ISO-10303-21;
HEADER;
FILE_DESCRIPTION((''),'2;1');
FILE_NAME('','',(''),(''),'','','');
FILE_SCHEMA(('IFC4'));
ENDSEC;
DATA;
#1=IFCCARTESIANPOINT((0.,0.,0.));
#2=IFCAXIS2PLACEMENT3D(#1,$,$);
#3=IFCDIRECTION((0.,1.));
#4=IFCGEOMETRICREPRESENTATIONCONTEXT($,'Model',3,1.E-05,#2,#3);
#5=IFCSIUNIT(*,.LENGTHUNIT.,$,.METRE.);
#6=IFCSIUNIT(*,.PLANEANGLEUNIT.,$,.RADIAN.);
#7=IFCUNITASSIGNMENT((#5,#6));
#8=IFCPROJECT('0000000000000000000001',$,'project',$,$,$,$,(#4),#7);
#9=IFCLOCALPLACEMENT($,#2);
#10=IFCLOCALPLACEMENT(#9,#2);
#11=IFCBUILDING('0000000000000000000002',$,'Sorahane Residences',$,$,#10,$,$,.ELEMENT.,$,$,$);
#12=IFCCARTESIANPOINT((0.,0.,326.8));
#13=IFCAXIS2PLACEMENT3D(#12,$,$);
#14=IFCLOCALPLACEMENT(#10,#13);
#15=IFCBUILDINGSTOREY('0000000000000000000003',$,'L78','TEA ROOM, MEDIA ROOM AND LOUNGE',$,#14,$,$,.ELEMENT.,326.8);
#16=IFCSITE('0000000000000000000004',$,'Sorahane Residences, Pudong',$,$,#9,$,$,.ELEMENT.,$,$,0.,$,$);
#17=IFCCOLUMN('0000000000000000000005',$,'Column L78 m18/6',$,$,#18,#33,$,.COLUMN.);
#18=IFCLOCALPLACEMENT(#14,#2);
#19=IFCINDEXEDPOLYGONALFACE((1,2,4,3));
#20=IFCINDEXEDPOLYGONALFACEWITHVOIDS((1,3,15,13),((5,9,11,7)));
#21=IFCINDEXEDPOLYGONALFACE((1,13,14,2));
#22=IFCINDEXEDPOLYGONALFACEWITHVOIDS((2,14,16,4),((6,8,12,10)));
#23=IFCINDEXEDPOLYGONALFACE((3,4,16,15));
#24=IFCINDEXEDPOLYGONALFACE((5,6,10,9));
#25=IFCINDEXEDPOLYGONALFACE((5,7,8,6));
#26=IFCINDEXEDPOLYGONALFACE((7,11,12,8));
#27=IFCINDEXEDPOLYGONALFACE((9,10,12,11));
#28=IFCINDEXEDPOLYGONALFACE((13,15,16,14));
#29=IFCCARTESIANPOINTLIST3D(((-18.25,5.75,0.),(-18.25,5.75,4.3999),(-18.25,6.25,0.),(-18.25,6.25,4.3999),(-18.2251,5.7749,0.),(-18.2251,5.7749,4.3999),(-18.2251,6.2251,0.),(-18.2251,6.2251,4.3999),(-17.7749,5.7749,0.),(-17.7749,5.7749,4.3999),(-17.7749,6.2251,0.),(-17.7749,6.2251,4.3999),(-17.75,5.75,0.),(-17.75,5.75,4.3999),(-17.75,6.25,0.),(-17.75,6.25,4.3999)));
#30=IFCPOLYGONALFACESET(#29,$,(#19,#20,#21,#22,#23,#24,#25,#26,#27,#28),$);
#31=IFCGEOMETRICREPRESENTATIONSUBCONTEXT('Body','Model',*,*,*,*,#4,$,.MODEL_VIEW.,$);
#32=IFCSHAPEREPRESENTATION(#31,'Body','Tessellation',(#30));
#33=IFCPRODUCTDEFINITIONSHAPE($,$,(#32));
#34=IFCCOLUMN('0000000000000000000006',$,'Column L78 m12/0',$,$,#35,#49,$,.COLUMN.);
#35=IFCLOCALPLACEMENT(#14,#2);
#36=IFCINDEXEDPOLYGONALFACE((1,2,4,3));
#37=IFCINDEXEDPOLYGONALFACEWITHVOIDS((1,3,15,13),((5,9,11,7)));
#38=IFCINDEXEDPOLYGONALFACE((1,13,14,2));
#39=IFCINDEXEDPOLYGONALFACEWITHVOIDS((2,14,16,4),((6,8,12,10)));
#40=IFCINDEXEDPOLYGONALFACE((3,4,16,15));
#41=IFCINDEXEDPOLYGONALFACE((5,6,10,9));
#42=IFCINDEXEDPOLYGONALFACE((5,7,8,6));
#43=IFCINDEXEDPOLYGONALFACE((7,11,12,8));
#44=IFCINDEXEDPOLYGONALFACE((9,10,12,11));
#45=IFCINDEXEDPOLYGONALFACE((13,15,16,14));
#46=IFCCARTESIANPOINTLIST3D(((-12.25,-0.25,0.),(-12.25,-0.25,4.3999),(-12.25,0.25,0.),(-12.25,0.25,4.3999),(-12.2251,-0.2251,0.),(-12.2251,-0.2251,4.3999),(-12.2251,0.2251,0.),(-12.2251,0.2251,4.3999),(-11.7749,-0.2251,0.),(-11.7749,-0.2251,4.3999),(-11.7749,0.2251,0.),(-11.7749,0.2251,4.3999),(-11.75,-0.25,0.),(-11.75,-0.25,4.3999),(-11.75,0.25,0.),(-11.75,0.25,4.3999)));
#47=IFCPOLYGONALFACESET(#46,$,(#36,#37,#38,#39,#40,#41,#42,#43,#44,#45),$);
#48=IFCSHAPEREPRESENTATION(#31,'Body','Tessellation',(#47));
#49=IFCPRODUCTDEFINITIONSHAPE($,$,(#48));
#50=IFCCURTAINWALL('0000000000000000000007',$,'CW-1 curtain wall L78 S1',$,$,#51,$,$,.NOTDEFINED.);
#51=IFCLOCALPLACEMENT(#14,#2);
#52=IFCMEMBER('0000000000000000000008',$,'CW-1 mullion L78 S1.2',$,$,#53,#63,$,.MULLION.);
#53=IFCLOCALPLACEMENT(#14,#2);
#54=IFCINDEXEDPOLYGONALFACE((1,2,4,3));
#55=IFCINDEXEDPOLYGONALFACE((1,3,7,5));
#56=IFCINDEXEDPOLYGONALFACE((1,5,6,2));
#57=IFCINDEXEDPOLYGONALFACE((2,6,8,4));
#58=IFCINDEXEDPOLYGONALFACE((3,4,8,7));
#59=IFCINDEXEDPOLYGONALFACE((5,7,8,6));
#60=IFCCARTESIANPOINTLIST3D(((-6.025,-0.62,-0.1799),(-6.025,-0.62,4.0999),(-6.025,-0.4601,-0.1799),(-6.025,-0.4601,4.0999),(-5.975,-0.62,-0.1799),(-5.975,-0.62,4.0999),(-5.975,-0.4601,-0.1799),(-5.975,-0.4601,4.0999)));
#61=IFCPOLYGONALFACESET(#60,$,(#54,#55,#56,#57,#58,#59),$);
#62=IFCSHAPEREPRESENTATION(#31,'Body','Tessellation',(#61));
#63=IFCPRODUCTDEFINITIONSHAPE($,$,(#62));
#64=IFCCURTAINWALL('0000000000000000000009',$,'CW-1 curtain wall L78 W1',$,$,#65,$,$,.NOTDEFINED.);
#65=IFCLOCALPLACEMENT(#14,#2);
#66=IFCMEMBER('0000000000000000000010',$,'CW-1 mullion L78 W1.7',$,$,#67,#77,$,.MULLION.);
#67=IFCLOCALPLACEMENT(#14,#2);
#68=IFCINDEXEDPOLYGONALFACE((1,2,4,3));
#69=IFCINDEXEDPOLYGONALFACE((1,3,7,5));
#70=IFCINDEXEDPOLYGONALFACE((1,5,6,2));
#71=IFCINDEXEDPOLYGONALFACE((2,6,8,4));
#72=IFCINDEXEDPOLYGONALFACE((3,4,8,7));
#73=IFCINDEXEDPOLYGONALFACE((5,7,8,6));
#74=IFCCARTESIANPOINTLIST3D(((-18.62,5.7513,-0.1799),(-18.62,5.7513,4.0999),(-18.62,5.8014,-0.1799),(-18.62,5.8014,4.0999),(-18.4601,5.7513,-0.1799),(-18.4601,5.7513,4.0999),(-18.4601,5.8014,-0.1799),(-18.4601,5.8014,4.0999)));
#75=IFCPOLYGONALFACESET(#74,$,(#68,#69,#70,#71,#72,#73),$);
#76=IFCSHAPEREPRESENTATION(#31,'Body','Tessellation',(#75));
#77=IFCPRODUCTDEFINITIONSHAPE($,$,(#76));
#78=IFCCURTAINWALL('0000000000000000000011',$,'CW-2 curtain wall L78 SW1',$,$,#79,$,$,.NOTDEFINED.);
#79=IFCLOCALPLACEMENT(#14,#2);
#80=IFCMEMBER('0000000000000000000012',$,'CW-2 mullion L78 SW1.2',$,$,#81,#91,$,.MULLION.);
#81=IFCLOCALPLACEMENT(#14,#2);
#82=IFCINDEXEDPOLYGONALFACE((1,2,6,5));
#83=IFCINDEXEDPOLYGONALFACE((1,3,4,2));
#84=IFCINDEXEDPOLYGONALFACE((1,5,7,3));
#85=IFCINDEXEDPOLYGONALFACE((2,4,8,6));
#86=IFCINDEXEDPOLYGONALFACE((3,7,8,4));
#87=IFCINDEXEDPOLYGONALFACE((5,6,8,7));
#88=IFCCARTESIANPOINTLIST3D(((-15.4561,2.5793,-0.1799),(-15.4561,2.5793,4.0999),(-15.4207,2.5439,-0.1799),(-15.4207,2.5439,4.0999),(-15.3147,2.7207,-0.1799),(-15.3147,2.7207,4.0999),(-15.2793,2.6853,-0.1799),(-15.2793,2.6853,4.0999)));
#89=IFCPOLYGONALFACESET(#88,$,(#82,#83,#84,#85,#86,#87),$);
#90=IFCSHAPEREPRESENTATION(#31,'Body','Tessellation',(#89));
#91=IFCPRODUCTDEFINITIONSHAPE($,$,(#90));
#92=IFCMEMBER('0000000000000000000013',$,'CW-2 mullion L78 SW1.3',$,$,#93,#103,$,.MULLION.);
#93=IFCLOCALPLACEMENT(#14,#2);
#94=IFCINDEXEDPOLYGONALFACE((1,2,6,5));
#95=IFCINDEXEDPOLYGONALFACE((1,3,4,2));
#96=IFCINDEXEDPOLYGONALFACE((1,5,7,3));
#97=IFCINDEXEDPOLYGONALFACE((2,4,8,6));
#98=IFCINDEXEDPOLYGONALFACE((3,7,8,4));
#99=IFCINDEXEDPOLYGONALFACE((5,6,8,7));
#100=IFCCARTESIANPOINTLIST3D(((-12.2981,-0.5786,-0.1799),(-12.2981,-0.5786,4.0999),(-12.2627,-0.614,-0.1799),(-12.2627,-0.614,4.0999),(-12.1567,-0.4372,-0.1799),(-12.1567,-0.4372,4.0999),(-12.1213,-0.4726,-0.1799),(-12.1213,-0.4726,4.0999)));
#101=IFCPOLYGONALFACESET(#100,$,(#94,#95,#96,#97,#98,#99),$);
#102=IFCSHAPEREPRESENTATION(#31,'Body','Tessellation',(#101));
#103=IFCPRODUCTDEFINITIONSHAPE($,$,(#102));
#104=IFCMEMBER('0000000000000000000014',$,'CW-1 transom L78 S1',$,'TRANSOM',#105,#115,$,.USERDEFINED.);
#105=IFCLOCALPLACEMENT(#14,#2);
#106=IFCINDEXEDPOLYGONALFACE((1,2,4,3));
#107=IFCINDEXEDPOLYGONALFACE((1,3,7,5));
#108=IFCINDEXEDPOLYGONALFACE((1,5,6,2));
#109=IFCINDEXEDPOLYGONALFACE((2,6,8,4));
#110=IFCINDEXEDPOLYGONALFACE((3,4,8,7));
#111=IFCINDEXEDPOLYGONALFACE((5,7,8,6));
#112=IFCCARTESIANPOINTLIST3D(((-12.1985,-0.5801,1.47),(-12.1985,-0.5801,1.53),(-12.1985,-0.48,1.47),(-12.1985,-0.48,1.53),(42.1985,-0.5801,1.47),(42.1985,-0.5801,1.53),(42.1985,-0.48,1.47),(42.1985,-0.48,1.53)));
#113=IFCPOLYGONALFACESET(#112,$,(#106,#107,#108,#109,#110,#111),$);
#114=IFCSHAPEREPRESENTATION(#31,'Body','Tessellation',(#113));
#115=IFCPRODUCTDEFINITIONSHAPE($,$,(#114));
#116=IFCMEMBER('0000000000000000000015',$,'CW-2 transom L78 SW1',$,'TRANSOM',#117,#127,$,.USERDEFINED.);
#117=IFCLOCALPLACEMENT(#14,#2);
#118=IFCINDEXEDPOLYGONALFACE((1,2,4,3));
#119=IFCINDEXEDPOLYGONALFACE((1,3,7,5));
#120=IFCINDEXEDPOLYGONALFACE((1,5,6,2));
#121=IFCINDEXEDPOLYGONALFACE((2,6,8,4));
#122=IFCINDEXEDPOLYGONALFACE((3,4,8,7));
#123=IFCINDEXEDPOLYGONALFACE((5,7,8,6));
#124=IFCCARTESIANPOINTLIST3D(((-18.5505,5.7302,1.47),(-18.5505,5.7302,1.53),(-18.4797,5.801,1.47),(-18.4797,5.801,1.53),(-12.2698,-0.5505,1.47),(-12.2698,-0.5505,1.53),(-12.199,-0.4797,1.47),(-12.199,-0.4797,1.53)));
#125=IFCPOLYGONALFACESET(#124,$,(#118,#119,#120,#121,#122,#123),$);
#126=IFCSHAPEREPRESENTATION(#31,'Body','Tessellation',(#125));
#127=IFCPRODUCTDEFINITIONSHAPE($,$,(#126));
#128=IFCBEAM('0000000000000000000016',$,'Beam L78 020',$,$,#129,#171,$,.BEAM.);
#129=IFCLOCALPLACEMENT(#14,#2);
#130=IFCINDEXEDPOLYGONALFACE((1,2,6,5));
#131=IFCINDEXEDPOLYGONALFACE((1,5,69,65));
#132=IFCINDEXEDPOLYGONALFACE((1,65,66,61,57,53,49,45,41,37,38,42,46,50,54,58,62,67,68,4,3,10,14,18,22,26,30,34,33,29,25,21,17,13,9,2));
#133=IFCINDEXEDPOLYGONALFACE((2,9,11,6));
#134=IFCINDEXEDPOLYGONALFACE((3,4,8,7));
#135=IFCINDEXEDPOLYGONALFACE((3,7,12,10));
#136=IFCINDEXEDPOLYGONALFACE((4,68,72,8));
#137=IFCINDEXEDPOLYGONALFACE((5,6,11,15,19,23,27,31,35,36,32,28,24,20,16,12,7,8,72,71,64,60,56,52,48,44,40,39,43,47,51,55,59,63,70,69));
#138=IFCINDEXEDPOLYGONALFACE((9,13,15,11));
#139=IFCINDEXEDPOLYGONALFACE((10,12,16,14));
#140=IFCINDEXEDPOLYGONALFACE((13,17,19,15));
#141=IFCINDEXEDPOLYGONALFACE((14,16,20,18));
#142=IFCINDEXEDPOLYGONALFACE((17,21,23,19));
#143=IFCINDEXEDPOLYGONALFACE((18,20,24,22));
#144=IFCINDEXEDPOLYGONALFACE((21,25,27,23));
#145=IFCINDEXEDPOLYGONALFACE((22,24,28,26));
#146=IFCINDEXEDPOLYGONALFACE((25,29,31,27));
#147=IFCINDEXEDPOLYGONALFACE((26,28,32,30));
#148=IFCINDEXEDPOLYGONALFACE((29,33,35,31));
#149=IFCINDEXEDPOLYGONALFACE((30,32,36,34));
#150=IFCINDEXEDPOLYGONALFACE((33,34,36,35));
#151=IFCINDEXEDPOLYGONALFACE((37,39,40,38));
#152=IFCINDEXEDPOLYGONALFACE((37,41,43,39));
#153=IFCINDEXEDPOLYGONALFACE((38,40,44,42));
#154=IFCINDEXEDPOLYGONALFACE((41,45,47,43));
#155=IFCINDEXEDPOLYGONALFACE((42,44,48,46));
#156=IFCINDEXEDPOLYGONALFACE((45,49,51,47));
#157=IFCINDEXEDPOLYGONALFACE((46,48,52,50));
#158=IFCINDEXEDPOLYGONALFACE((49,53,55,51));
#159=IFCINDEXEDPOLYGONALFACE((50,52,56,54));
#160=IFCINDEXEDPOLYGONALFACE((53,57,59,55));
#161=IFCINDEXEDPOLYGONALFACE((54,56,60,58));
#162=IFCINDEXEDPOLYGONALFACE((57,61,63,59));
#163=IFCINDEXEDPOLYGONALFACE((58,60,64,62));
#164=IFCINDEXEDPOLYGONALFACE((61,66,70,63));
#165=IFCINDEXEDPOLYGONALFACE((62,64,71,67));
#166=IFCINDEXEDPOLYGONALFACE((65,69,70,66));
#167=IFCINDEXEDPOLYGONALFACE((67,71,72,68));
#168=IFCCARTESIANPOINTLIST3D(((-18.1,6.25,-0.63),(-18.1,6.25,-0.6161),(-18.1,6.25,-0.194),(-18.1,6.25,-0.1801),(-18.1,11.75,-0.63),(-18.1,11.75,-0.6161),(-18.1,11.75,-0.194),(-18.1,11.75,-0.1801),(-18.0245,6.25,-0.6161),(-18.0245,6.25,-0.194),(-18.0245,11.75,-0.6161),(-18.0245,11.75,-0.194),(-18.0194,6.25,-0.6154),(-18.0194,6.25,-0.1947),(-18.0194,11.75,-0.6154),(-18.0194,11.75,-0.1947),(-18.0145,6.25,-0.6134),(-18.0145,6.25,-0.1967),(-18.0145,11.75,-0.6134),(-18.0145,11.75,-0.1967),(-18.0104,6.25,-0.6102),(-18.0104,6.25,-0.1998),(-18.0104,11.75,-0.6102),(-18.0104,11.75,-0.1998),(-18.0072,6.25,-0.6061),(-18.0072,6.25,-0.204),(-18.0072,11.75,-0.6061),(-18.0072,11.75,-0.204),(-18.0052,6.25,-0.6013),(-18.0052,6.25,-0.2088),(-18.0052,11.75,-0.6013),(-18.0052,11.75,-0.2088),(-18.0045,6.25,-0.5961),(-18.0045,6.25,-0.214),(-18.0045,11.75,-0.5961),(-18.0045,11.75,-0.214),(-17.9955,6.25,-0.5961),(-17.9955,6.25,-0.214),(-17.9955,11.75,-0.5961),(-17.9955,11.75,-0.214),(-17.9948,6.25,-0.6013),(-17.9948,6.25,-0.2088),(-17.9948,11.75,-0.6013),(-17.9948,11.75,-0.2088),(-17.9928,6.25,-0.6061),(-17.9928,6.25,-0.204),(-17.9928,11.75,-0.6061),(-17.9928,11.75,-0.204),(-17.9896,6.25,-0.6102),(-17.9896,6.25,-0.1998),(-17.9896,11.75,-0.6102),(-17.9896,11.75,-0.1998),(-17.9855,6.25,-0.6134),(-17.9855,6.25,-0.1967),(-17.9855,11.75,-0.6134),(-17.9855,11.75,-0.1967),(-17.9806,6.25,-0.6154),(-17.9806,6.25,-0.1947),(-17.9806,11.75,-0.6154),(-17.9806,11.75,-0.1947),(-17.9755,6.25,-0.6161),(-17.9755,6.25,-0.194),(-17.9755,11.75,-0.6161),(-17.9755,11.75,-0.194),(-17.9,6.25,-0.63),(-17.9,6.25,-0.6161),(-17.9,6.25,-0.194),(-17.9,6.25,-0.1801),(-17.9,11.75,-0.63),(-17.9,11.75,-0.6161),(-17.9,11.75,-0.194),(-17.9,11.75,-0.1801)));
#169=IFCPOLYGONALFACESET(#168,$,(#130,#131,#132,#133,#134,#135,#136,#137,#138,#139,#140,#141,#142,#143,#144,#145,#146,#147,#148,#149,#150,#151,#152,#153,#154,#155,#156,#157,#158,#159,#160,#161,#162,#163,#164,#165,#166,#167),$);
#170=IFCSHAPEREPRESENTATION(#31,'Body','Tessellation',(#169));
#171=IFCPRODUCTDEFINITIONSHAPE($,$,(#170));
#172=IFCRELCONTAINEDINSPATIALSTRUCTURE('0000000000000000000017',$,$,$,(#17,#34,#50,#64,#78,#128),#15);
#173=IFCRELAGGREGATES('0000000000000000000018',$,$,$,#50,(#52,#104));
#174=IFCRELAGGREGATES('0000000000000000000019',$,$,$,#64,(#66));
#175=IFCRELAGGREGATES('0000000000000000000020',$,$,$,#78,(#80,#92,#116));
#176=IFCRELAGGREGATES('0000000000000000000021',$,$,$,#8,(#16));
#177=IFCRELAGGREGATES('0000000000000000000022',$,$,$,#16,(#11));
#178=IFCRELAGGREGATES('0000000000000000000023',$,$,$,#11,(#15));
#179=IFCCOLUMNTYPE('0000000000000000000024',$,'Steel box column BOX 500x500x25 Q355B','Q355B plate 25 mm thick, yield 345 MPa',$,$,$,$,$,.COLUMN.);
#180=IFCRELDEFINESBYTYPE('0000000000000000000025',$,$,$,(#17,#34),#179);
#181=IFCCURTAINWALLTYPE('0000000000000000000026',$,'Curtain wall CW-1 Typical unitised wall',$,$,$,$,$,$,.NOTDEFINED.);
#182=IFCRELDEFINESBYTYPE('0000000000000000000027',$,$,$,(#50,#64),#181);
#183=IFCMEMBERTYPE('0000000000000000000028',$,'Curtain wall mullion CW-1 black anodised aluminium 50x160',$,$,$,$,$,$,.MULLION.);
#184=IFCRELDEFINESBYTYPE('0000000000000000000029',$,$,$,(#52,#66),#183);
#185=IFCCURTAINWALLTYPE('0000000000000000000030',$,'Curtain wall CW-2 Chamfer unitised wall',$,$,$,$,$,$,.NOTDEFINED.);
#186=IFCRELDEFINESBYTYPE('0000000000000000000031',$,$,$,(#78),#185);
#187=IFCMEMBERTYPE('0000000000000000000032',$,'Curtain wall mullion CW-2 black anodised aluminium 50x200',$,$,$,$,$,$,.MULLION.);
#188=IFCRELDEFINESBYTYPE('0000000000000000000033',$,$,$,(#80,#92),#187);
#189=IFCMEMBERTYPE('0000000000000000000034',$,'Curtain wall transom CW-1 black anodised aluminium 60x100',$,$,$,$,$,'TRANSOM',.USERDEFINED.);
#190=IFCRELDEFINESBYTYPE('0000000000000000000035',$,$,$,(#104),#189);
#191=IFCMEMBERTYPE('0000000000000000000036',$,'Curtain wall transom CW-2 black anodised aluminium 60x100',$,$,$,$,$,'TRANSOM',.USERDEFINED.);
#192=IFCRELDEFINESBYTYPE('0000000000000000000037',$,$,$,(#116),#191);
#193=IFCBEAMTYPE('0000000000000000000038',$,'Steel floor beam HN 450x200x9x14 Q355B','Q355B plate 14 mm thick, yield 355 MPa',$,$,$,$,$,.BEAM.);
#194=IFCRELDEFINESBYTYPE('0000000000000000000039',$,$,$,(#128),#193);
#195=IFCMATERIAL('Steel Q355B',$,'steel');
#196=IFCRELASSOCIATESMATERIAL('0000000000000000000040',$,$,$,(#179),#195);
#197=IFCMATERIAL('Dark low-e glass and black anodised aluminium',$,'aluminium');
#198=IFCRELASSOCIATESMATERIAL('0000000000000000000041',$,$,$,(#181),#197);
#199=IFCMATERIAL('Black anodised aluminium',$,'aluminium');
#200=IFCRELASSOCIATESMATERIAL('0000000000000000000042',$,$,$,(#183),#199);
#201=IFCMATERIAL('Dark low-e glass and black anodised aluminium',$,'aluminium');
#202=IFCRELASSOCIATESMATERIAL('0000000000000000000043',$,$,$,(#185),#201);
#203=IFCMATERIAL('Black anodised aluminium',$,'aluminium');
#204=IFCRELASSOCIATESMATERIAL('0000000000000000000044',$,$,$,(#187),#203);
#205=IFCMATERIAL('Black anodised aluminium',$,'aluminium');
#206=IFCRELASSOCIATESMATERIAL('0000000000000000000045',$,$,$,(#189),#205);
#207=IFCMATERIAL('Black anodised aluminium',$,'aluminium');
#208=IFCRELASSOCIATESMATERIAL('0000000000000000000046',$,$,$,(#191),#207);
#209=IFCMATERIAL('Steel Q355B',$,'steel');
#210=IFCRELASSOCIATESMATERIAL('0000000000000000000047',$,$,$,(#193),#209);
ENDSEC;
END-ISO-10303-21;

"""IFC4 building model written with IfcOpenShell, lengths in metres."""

from ifc_helpers import new_model, si_unit, direction, frame, origin, origin_2d, place, context, subcontext, project, spatial, rectangle, hollow_rectangle, i_section, extrude, material, material_profile, profile_set, type_object, element, aggregate, save


model = new_model("IFC4")

# Units and contexts
model_context = context("Model", 3, precision=1e-05, world=origin(), true_north=direction((0.0, 1.0)))
body_context = subcontext(model_context, "Body", "Model", "MODEL_VIEW")
ifc_project = project(units=[si_unit("LENGTHUNIT", "METRE"), si_unit("PLANEANGLEUNIT", "RADIAN")], contexts=[model_context])

# Site, building, storey
site_placement = place(None, origin())
site = spatial("IfcSite", under=ifc_project, at=site_placement, Name="Sorahane Residences, Pudong", CompositionType="ELEMENT", RefElevation=0.0)
building_placement = place(site_placement, origin())
building = spatial("IfcBuilding", under=site, at=building_placement, Name="Sorahane Residences", CompositionType="ELEMENT")
storey_placement = place(building_placement, frame((0.0, 0.0, 326.8)))
storey = spatial("IfcBuildingStorey", under=building, at=storey_placement, Name="L78", Description="TEA ROOM, MEDIA ROOM AND LOUNGE", CompositionType="ELEMENT", Elevation=326.8)

# Columns
ifc_material_1 = material(Name="Steel Q355B", Category="steel")
ifc_material_profile_1 = material_profile(ifc_material_1, hollow_rectangle(XDim=0.5, YDim=0.5, WallThickness=0.0249, at=origin_2d()), Name="BOX 500x500x25")
ifc_profile_set_1 = profile_set([ifc_material_profile_1], Name="Steel Q355B")
column_type = type_object("IfcColumnType", Name="Steel box column BOX 500x500x25 Q355B", Description="Q355B plate 25 mm thick, yield 345 MPa", PredefinedType="COLUMN", material=ifc_profile_set_1)
for number, where, z_axis, x_axis, name in (
    (1, (-18.0, 6.0, 0.0), (0.0, 0.0, 1.0), (1.0, 0.0, 0.0), "Column L78 m18/6"),
    (2, (-12.0, 0.0, 0.0), (0.0, 0.0, 1.0), (1.0, 0.0, 0.0), "Column L78 m12/0"),
):
    element("IfcColumn", number, at=place(storey_placement, frame(where, z_axis=z_axis, x_axis=x_axis)), inside=storey, type_object=column_type, Name=name, PredefinedType="COLUMN", context=body_context, shape_type="SweptSolid", body=[
        extrude(hollow_rectangle(XDim=0.5, YDim=0.5, WallThickness=0.0249, at=origin_2d()), origin(), (0.0, 0.0, 1.0), 4.3999),
    ])

# Curtain walls, members
ifc_material_2 = material(Name="Dark low-e glass and black anodised aluminium", Category="aluminium")
curtain_wall_type_1 = type_object("IfcCurtainWallType", Name="Curtain wall CW-1 Typical unitised wall", PredefinedType="NOTDEFINED", material=ifc_material_2)
curtain_wall_1_placement = place(storey_placement, origin())
curtain_wall_1 = element("IfcCurtainWall", 3, at=curtain_wall_1_placement, inside=storey, type_object=curtain_wall_type_1, Name="CW-1 curtain wall L78 S1", PredefinedType="NOTDEFINED")
ifc_material_3 = material(Name="Black anodised aluminium", Category="aluminium")
ifc_material_profile_2 = material_profile(ifc_material_3, rectangle(XDim=0.1599, YDim=0.05, at=origin_2d()), Name="Curtain wall mullion CW-1 black anodised aluminium 50x160")
ifc_profile_set_2 = profile_set([ifc_material_profile_2], Name="Black anodised aluminium")
member_type_1 = type_object("IfcMemberType", Name="Curtain wall mullion CW-1 black anodised aluminium 50x160", PredefinedType="MULLION", material=ifc_profile_set_2)
member_1_placement = place(storey_placement, frame((-6.0, -0.54, -0.1799), z_axis=(0.0, 0.0, 1.0), x_axis=(0.0, -1.0, 0.0)))
member_1 = element("IfcMember", 4, at=member_1_placement, type_object=member_type_1, Name="CW-1 mullion L78 S1.2", PredefinedType="MULLION", context=body_context, shape_type="SweptSolid", body=[
    extrude(rectangle(XDim=0.1599, YDim=0.05, at=origin_2d()), origin(), (0.0, 0.0, 1.0), 4.2798),
])
curtain_wall_2_placement = place(storey_placement, origin())
curtain_wall_2 = element("IfcCurtainWall", 5, at=curtain_wall_2_placement, inside=storey, type_object=curtain_wall_type_1, Name="CW-1 curtain wall L78 W1", PredefinedType="NOTDEFINED")
member_2_placement = place(storey_placement, frame((-18.54, 5.7764, -0.1799), z_axis=(0.0, 0.0, 1.0), x_axis=(-1.0, 0.0, 0.0)))
member_2 = element("IfcMember", 6, at=member_2_placement, type_object=member_type_1, Name="CW-1 mullion L78 W1.7", PredefinedType="MULLION", context=body_context, shape_type="SweptSolid", body=[
    extrude(rectangle(XDim=0.1599, YDim=0.05, at=origin_2d()), origin(), (0.0, 0.0, 1.0), 4.2798),
])

# Curtain wall, members
ifc_material_4 = material(Name="Dark low-e glass and black anodised aluminium", Category="aluminium")
curtain_wall_type_2 = type_object("IfcCurtainWallType", Name="Curtain wall CW-2 Chamfer unitised wall", PredefinedType="NOTDEFINED", material=ifc_material_4)
curtain_wall_3_placement = place(storey_placement, origin())
curtain_wall_3 = element("IfcCurtainWall", 7, at=curtain_wall_3_placement, inside=storey, type_object=curtain_wall_type_2, Name="CW-2 curtain wall L78 SW1", PredefinedType="NOTDEFINED")
ifc_material_5 = material(Name="Black anodised aluminium", Category="aluminium")
ifc_material_profile_3 = material_profile(ifc_material_5, rectangle(XDim=0.2, YDim=0.05, at=origin_2d()), Name="Curtain wall mullion CW-2 black anodised aluminium 50x200")
ifc_profile_set_3 = profile_set([ifc_material_profile_3], Name="Black anodised aluminium")
member_type_2 = type_object("IfcMemberType", Name="Curtain wall mullion CW-2 black anodised aluminium 50x200", PredefinedType="MULLION", material=ifc_profile_set_3)
member_3_placement = place(storey_placement, frame((-15.3677, 2.6323, -0.1799), z_axis=(0.0, 0.0, 1.0), x_axis=(-0.707107, -0.707107, 0.0)))
member_3 = element("IfcMember", 8, at=member_3_placement, type_object=member_type_2, Name="CW-2 mullion L78 SW1.2", PredefinedType="MULLION", context=body_context, shape_type="SweptSolid", body=[
    extrude(rectangle(XDim=0.2, YDim=0.05, at=origin_2d()), origin(), (0.0, 0.0, 1.0), 4.2798),
])
member_4_placement = place(storey_placement, frame((-12.2097, -0.5256, -0.1799), z_axis=(0.0, 0.0, 1.0), x_axis=(-0.707107, -0.707107, 0.0)))
member_4 = element("IfcMember", 9, at=member_4_placement, type_object=member_type_2, Name="CW-2 mullion L78 SW1.3", PredefinedType="MULLION", context=body_context, shape_type="SweptSolid", body=[
    extrude(rectangle(XDim=0.2, YDim=0.05, at=origin_2d()), origin(), (0.0, 0.0, 1.0), 4.2798),
])

# Members
ifc_material_6 = material(Name="Black anodised aluminium", Category="aluminium")
ifc_material_profile_4 = material_profile(ifc_material_6, rectangle(XDim=0.1001, YDim=0.0601, at=origin_2d()), Name="Curtain wall transom CW-1 black anodised aluminium 60x100")
ifc_profile_set_4 = profile_set([ifc_material_profile_4], Name="Black anodised aluminium")
member_type_3 = type_object("IfcMemberType", Name="Curtain wall transom CW-1 black anodised aluminium 60x100", ElementType="TRANSOM", PredefinedType="USERDEFINED", material=ifc_profile_set_4)
member_5_placement = place(storey_placement, frame((-12.1985, -0.53, 1.5), z_axis=(1.0, 0.0, 0.0), x_axis=(0.0, 1.0, 0.0)))
member_5 = element("IfcMember", 10, at=member_5_placement, type_object=member_type_3, Name="CW-1 transom L78 S1", ObjectType="TRANSOM", PredefinedType="USERDEFINED", context=body_context, shape_type="SweptSolid", body=[
    extrude(rectangle(XDim=0.1001, YDim=0.0601, at=origin_2d()), origin(), (0.0, 0.0, 1.0), 54.397),
])
ifc_material_7 = material(Name="Black anodised aluminium", Category="aluminium")
ifc_material_profile_5 = material_profile(ifc_material_7, rectangle(XDim=0.1001, YDim=0.0601, at=origin_2d()), Name="Curtain wall transom CW-2 black anodised aluminium 60x100")
ifc_profile_set_5 = profile_set([ifc_material_profile_5], Name="Black anodised aluminium")
member_type_4 = type_object("IfcMemberType", Name="Curtain wall transom CW-2 black anodised aluminium 60x100", ElementType="TRANSOM", PredefinedType="USERDEFINED", material=ifc_profile_set_5)
member_6_placement = place(storey_placement, frame((-18.5151, 5.7656, 1.5), z_axis=(0.707107, -0.707107, 0.0), x_axis=(0.707107, 0.707107, 0.0)))
member_6 = element("IfcMember", 11, at=member_6_placement, type_object=member_type_4, Name="CW-2 transom L78 SW1", ObjectType="TRANSOM", PredefinedType="USERDEFINED", context=body_context, shape_type="SweptSolid", body=[
    extrude(rectangle(XDim=0.1001, YDim=0.0601, at=origin_2d()), origin(), (0.0, 0.0, 1.0), 8.8823),
])

# Beam
ifc_material_8 = material(Name="Steel Q355B", Category="steel")
ifc_material_profile_6 = material_profile(ifc_material_8, i_section(OverallWidth=0.2, OverallDepth=0.45, WebThickness=0.009, FlangeThickness=0.0139, FilletRadius=0.02, at=origin_2d()), Name="HN 450x200x9x14")
ifc_profile_set_6 = profile_set([ifc_material_profile_6], Name="Steel Q355B")
beam_type_1 = type_object("IfcBeamType", Name="Steel floor beam HN 450x200x9x14 Q355B", Description="Q355B plate 14 mm thick, yield 355 MPa", PredefinedType="BEAM", material=ifc_profile_set_6)
beam_1_placement = place(storey_placement, frame((-18.0, 6.25, -0.405), z_axis=(0.0, 1.0, 0.0), x_axis=(-1.0, 0.0, 0.0)))
element("IfcBeam", 12, at=beam_1_placement, inside=storey, type_object=beam_type_1, Name="Beam L78 020", PredefinedType="BEAM", context=body_context, shape_type="SweptSolid", body=[
    extrude(i_section(OverallWidth=0.2, OverallDepth=0.45, WebThickness=0.009, FlangeThickness=0.0139, FilletRadius=0.02, at=origin_2d()), origin(), (0.0, 0.0, 1.0), 5.5),
])

aggregate(curtain_wall_1, [member_1, member_5])
aggregate(curtain_wall_2, [member_2])
aggregate(curtain_wall_3, [member_3, member_4, member_6])

save(model, "model.ifc")
